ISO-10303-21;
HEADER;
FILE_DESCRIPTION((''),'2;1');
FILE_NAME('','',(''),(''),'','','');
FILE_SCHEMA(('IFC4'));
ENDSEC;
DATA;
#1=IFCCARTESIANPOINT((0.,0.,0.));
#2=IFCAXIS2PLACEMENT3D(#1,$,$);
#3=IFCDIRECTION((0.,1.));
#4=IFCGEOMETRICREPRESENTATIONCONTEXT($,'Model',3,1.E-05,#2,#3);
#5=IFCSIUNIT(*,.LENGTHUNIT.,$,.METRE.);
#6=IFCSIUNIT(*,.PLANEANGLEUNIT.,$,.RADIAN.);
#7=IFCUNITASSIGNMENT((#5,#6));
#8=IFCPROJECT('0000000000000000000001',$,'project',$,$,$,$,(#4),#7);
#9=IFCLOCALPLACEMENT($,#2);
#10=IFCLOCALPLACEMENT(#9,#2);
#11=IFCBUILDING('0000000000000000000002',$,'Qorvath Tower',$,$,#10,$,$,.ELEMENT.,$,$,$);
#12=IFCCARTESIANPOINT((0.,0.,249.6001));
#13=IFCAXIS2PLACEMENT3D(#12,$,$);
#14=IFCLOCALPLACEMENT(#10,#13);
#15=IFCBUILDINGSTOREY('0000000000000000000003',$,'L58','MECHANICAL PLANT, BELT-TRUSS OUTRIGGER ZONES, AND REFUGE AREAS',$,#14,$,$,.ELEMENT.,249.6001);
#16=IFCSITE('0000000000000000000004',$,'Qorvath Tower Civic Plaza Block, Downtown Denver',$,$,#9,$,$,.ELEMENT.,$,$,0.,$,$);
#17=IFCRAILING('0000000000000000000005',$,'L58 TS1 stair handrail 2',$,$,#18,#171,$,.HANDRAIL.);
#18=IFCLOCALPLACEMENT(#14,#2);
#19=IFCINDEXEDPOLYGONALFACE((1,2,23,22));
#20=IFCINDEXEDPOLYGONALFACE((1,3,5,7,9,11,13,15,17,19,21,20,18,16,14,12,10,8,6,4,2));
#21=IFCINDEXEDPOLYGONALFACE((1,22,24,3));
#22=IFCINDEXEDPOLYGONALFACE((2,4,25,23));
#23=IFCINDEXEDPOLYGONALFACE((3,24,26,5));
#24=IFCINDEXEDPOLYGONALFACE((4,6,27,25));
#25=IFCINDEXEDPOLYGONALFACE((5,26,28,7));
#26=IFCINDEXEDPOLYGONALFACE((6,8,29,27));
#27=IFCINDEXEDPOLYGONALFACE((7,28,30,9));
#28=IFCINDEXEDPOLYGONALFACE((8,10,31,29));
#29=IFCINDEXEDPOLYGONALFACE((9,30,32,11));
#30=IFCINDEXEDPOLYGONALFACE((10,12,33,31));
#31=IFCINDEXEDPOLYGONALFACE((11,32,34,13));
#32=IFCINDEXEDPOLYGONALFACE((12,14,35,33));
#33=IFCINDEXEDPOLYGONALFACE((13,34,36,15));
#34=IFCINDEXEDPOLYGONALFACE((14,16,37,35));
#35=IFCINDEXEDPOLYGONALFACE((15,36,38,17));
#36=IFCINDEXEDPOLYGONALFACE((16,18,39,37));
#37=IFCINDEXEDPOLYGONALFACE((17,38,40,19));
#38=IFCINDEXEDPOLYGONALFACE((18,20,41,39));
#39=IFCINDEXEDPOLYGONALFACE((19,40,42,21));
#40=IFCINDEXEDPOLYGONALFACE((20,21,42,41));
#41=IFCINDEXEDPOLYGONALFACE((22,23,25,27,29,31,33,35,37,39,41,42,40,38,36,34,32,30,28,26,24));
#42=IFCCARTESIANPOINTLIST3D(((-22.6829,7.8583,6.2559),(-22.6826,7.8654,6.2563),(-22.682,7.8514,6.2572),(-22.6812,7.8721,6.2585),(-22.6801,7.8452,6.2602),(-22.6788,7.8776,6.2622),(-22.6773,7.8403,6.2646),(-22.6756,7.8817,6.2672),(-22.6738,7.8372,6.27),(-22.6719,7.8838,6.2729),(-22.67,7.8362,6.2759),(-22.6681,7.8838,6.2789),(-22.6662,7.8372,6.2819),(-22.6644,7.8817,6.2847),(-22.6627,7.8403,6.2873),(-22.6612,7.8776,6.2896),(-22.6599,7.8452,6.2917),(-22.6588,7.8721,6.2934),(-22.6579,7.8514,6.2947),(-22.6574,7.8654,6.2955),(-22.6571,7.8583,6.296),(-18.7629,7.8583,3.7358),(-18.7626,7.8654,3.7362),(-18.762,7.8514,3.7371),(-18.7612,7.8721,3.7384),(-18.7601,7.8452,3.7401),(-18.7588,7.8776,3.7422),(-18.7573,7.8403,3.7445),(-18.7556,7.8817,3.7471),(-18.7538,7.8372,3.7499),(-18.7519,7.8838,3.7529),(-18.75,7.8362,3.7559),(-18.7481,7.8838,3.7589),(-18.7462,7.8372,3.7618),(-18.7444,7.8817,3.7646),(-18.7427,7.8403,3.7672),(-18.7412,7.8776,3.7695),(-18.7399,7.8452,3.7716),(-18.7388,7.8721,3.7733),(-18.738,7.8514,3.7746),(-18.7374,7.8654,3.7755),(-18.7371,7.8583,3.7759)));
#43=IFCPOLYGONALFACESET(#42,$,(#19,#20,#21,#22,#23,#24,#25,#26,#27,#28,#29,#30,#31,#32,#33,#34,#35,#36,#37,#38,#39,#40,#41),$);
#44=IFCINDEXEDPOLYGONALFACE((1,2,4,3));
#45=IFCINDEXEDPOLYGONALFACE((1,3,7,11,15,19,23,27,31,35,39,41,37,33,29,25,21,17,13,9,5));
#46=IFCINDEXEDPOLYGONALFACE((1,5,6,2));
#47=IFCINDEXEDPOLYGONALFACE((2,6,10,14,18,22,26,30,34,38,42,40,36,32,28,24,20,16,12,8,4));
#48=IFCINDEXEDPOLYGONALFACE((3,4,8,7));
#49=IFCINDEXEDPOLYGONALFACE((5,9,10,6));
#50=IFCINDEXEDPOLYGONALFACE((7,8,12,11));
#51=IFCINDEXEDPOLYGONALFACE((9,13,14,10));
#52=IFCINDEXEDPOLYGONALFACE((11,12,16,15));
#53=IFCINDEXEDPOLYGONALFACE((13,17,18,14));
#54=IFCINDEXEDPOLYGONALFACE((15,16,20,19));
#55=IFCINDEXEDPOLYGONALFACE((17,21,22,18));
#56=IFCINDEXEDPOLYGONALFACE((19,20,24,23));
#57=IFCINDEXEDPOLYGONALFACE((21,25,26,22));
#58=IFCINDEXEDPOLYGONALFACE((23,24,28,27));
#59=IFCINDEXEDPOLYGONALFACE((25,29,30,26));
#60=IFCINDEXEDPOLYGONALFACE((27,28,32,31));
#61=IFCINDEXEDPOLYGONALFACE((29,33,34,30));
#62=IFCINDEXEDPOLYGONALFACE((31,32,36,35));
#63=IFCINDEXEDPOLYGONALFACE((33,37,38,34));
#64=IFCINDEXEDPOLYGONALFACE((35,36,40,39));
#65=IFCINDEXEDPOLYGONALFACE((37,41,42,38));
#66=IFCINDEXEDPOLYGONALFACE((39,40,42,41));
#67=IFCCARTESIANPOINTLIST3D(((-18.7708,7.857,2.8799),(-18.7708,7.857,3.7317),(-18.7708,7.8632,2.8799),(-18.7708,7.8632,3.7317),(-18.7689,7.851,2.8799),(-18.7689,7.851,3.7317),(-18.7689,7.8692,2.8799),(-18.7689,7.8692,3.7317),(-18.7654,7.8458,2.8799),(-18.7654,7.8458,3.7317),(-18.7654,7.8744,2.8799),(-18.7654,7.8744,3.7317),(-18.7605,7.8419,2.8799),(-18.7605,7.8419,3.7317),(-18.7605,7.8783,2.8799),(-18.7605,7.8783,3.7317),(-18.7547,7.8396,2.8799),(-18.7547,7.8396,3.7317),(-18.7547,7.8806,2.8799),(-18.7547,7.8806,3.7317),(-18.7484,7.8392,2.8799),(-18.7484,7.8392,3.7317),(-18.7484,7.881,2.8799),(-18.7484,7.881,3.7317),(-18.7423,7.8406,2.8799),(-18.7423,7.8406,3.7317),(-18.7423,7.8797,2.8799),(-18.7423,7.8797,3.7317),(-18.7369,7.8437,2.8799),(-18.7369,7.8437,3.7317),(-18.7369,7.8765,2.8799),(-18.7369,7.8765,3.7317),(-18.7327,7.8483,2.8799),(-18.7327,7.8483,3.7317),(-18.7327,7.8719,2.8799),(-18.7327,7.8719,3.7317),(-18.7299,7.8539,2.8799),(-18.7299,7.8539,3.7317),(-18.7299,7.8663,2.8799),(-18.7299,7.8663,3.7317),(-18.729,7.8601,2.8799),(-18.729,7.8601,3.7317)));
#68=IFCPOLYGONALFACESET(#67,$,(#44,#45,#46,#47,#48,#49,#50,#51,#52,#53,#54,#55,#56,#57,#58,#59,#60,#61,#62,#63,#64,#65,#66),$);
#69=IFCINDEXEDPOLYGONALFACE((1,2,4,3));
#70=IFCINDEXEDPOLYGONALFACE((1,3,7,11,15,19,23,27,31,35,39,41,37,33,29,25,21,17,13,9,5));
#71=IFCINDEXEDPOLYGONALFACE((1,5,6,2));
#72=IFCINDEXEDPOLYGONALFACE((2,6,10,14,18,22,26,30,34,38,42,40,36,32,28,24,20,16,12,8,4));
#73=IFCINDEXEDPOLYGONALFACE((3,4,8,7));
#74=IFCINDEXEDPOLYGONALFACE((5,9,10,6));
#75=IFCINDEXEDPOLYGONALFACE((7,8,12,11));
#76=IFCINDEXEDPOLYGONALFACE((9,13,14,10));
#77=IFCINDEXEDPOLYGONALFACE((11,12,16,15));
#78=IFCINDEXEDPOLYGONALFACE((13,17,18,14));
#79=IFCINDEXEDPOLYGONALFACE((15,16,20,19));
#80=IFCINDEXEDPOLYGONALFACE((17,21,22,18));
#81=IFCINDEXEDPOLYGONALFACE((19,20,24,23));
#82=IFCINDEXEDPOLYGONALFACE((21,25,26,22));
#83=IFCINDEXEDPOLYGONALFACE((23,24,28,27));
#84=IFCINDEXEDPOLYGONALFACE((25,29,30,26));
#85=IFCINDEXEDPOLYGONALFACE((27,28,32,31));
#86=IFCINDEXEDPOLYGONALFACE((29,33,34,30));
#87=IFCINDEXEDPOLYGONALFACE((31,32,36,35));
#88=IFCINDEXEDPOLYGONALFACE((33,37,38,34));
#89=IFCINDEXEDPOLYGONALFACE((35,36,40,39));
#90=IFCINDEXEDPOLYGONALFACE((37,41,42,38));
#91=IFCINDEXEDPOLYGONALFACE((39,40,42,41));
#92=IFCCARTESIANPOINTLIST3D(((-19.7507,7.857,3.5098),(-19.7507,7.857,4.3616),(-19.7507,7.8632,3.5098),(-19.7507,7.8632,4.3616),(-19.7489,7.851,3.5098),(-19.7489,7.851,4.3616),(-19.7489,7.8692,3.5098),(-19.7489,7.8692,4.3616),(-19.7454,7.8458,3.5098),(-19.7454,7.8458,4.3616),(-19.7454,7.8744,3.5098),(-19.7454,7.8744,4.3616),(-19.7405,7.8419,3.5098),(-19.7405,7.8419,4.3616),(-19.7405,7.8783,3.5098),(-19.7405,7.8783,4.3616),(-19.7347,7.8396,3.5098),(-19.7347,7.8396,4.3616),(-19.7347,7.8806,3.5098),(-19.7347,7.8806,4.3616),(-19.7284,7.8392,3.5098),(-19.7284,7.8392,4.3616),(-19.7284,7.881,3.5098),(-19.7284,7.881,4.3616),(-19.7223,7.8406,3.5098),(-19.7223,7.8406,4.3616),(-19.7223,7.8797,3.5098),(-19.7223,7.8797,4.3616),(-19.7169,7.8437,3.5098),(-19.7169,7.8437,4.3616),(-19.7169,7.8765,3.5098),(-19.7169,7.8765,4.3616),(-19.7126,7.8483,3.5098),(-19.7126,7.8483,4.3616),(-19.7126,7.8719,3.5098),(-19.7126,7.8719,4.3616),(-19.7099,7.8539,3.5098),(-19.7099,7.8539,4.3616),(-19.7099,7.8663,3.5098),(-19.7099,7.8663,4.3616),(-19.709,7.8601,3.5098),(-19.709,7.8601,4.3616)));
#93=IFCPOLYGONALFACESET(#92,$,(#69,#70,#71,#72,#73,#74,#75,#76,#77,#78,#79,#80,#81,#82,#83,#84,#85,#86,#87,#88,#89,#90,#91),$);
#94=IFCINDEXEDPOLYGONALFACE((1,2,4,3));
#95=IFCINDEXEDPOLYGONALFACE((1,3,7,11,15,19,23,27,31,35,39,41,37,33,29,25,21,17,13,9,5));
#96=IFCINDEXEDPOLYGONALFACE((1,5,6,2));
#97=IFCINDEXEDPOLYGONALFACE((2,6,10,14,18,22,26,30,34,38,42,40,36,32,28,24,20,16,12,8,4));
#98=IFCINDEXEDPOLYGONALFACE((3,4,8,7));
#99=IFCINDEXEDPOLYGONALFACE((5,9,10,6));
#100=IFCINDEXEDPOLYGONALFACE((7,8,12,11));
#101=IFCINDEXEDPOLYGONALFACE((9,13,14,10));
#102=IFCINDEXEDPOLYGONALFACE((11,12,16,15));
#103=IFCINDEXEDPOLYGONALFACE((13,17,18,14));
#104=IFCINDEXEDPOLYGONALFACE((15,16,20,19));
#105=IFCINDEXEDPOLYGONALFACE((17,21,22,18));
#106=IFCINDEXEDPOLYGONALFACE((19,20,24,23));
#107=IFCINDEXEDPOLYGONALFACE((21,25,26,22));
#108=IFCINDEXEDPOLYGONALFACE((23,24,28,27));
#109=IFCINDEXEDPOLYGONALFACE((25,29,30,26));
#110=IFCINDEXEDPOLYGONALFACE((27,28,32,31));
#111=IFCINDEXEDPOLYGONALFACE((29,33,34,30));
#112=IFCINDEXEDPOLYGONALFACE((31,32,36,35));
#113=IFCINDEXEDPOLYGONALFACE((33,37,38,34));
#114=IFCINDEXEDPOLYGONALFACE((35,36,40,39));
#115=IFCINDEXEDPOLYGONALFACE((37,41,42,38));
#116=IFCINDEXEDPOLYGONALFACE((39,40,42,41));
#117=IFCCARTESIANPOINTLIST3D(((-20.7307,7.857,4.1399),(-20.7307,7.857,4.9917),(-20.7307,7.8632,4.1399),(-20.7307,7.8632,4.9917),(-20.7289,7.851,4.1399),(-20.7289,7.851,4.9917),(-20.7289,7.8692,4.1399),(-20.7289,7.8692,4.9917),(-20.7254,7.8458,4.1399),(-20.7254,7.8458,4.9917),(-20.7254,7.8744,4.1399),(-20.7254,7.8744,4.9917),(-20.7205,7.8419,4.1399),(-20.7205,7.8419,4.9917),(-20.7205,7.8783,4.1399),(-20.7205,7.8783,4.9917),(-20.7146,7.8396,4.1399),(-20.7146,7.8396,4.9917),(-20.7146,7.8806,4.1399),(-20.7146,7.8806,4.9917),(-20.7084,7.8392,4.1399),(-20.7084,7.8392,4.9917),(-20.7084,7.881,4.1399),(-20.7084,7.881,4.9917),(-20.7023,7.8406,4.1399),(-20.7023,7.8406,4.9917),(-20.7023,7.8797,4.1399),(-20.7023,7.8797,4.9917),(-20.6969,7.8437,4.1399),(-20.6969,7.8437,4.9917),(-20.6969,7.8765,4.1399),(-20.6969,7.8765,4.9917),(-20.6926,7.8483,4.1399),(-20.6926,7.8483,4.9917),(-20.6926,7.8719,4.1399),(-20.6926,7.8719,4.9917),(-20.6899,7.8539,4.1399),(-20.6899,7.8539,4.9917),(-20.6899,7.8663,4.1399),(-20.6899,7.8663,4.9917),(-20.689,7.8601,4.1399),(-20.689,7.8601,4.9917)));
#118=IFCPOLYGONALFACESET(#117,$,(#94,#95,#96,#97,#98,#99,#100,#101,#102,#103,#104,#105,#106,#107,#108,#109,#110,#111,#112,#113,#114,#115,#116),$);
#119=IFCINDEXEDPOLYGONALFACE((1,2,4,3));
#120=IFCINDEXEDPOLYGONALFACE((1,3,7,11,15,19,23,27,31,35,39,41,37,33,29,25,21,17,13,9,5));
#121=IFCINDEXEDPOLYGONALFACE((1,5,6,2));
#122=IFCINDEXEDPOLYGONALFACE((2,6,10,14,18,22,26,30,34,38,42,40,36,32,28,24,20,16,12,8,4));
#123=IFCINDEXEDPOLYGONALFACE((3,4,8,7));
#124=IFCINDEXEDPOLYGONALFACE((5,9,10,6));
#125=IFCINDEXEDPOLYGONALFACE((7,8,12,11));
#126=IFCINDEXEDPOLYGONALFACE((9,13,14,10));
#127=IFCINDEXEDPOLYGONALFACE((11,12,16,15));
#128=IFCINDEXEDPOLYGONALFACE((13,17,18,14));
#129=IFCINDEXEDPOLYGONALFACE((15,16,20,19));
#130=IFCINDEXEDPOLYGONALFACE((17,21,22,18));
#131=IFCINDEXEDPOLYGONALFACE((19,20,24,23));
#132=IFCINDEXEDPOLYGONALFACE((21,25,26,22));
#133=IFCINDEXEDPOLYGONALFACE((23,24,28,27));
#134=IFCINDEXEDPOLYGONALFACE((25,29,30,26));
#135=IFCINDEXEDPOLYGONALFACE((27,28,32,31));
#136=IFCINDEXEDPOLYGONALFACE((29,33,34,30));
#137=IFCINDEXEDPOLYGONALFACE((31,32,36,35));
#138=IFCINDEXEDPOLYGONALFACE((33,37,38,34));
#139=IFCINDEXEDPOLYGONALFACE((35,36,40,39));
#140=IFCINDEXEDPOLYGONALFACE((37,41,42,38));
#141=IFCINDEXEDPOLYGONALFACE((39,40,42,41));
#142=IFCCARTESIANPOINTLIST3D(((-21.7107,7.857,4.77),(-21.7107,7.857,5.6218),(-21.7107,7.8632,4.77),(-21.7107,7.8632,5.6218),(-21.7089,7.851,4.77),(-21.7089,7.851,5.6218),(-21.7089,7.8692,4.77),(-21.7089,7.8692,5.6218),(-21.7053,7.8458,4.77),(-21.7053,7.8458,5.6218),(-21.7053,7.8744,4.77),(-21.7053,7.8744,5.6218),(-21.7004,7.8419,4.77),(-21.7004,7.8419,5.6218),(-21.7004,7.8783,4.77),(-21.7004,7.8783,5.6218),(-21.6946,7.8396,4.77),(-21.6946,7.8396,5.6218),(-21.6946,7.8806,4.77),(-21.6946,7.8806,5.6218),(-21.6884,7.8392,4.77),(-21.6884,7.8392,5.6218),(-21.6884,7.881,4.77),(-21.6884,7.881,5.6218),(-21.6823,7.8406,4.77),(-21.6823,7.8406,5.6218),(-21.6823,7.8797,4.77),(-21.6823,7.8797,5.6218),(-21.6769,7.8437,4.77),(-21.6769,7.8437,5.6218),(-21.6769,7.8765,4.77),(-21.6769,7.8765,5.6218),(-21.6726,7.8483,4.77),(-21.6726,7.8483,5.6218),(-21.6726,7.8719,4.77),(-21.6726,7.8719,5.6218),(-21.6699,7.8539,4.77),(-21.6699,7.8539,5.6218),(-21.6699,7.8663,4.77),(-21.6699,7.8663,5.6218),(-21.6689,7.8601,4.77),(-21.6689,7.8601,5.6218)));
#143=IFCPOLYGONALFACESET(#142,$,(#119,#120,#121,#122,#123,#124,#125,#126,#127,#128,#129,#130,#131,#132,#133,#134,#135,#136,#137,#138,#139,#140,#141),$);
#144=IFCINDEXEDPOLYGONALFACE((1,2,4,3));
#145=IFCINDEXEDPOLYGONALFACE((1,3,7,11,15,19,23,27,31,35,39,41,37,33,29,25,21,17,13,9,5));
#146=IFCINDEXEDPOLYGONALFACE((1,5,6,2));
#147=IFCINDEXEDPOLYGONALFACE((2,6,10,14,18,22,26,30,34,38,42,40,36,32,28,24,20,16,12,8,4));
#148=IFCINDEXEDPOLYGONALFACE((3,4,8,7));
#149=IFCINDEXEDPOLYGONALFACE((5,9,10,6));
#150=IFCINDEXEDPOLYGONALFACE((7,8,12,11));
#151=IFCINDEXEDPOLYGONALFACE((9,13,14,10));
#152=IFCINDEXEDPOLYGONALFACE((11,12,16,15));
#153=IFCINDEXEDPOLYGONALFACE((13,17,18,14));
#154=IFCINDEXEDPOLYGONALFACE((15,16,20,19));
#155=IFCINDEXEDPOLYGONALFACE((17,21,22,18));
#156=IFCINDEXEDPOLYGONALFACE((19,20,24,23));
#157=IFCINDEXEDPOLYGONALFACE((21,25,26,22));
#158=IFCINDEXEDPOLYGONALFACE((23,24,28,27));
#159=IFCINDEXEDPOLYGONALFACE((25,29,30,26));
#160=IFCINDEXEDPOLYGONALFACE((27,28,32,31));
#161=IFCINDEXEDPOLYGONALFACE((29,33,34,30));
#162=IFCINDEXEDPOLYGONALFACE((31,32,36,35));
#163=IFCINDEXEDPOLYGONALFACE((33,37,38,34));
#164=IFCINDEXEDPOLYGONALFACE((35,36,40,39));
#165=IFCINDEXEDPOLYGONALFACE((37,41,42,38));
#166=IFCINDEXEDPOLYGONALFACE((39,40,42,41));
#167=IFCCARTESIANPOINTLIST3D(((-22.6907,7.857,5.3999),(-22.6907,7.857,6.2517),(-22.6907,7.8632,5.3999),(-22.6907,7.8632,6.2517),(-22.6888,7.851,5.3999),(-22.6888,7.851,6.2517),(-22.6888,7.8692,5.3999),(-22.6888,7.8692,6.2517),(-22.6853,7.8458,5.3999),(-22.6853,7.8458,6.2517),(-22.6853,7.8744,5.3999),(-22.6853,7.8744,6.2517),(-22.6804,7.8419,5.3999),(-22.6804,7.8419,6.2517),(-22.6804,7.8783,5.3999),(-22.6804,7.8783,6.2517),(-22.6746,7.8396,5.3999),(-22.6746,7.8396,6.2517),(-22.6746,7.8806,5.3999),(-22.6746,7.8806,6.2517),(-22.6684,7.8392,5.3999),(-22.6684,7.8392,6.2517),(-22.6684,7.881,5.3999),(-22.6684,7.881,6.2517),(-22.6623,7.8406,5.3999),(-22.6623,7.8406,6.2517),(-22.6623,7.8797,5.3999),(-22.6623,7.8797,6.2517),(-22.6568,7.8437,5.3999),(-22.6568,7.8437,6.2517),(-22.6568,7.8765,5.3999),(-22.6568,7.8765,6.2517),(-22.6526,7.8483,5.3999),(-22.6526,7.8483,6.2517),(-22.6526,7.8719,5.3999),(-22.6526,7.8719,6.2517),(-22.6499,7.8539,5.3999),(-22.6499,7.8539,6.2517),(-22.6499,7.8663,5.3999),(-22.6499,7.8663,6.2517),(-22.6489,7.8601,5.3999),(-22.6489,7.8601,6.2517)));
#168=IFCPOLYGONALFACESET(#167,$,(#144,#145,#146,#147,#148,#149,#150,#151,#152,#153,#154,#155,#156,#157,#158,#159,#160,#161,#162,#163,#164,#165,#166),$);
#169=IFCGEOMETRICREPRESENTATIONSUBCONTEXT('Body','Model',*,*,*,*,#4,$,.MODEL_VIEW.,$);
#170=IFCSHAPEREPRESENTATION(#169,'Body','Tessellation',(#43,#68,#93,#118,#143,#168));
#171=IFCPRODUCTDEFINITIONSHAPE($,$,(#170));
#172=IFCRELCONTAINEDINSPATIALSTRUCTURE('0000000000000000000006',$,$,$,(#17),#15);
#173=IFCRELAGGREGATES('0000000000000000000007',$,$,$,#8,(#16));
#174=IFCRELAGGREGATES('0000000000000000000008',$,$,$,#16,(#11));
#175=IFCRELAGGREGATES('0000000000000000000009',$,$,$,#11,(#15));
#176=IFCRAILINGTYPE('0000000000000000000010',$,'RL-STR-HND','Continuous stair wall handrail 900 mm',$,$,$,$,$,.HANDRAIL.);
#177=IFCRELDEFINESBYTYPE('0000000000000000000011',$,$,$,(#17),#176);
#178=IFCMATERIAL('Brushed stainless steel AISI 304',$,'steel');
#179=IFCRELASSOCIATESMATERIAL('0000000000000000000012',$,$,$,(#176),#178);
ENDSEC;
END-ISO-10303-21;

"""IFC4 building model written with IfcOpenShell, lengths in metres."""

from ifc_helpers import new_model, si_unit, direction, frame, origin, origin_2d, place, context, subcontext, project, spatial, circle, extrude, material, type_object, element, save


model = new_model("IFC4")

# Units and contexts
model_context = context("Model", 3, precision=1e-05, world=origin(), true_north=direction((0.0, 1.0)))
body_context = subcontext(model_context, "Body", "Model", "MODEL_VIEW")
ifc_project = project(units=[si_unit("LENGTHUNIT", "METRE"), si_unit("PLANEANGLEUNIT", "RADIAN")], contexts=[model_context])

# Site, building, storey
site_placement = place(None, origin())
site = spatial("IfcSite", under=ifc_project, at=site_placement, Name="Qorvath Tower Civic Plaza Block, Downtown Denver", CompositionType="ELEMENT", RefElevation=0.0)
building_placement = place(site_placement, origin())
building = spatial("IfcBuilding", under=site, at=building_placement, Name="Qorvath Tower", CompositionType="ELEMENT")
storey_placement = place(building_placement, frame((0.0, 0.0, 249.6001)))
storey = spatial("IfcBuildingStorey", under=building, at=storey_placement, Name="L58", Description="MECHANICAL PLANT, BELT-TRUSS OUTRIGGER ZONES, AND REFUGE AREAS", CompositionType="ELEMENT", Elevation=249.6001)

# Railing
ifc_material_1 = material(Name="Brushed stainless steel AISI 304", Category="steel")
railing_type_1 = type_object("IfcRailingType", Name="RL-STR-HND", Description="Continuous stair wall handrail 900 mm", PredefinedType="HANDRAIL", material=ifc_material_1)
railing_1_placement = place(storey_placement, frame((-18.75, 7.8601, 2.8799)))
element("IfcRailing", 1, at=railing_1_placement, inside=storey, type_object=railing_type_1, Name="L58 TS1 stair handrail 2", PredefinedType="HANDRAIL", context=body_context, shape_type="SweptSolid", body=[
    extrude(circle(Radius=0.0239, at=origin_2d()), frame((0.0, 0.0, 0.876), z_axis=(-0.841172, 0.0, 0.540768), x_axis=(0.0, -1.0, 0.0)), (0.0, 0.0, 1.0), 4.6602),
    extrude(circle(Radius=0.021, at=origin_2d()), origin(), (0.0, 0.0, 1.0), 0.8518),
    extrude(circle(Radius=0.021, at=origin_2d()), frame((-0.98, 0.0, 0.6299)), (0.0, 0.0, 1.0), 0.8518),
    extrude(circle(Radius=0.021, at=origin_2d()), frame((-1.96, 0.0, 1.26)), (0.0, 0.0, 1.0), 0.8518),
    extrude(circle(Radius=0.021, at=origin_2d()), frame((-2.9399, 0.0, 1.8901)), (0.0, 0.0, 1.0), 0.8518),
    extrude(circle(Radius=0.021, at=origin_2d()), frame((-3.9199, 0.0, 2.52)), (0.0, 0.0, 1.0), 0.8518),
])

save(model, "model.ifc")
